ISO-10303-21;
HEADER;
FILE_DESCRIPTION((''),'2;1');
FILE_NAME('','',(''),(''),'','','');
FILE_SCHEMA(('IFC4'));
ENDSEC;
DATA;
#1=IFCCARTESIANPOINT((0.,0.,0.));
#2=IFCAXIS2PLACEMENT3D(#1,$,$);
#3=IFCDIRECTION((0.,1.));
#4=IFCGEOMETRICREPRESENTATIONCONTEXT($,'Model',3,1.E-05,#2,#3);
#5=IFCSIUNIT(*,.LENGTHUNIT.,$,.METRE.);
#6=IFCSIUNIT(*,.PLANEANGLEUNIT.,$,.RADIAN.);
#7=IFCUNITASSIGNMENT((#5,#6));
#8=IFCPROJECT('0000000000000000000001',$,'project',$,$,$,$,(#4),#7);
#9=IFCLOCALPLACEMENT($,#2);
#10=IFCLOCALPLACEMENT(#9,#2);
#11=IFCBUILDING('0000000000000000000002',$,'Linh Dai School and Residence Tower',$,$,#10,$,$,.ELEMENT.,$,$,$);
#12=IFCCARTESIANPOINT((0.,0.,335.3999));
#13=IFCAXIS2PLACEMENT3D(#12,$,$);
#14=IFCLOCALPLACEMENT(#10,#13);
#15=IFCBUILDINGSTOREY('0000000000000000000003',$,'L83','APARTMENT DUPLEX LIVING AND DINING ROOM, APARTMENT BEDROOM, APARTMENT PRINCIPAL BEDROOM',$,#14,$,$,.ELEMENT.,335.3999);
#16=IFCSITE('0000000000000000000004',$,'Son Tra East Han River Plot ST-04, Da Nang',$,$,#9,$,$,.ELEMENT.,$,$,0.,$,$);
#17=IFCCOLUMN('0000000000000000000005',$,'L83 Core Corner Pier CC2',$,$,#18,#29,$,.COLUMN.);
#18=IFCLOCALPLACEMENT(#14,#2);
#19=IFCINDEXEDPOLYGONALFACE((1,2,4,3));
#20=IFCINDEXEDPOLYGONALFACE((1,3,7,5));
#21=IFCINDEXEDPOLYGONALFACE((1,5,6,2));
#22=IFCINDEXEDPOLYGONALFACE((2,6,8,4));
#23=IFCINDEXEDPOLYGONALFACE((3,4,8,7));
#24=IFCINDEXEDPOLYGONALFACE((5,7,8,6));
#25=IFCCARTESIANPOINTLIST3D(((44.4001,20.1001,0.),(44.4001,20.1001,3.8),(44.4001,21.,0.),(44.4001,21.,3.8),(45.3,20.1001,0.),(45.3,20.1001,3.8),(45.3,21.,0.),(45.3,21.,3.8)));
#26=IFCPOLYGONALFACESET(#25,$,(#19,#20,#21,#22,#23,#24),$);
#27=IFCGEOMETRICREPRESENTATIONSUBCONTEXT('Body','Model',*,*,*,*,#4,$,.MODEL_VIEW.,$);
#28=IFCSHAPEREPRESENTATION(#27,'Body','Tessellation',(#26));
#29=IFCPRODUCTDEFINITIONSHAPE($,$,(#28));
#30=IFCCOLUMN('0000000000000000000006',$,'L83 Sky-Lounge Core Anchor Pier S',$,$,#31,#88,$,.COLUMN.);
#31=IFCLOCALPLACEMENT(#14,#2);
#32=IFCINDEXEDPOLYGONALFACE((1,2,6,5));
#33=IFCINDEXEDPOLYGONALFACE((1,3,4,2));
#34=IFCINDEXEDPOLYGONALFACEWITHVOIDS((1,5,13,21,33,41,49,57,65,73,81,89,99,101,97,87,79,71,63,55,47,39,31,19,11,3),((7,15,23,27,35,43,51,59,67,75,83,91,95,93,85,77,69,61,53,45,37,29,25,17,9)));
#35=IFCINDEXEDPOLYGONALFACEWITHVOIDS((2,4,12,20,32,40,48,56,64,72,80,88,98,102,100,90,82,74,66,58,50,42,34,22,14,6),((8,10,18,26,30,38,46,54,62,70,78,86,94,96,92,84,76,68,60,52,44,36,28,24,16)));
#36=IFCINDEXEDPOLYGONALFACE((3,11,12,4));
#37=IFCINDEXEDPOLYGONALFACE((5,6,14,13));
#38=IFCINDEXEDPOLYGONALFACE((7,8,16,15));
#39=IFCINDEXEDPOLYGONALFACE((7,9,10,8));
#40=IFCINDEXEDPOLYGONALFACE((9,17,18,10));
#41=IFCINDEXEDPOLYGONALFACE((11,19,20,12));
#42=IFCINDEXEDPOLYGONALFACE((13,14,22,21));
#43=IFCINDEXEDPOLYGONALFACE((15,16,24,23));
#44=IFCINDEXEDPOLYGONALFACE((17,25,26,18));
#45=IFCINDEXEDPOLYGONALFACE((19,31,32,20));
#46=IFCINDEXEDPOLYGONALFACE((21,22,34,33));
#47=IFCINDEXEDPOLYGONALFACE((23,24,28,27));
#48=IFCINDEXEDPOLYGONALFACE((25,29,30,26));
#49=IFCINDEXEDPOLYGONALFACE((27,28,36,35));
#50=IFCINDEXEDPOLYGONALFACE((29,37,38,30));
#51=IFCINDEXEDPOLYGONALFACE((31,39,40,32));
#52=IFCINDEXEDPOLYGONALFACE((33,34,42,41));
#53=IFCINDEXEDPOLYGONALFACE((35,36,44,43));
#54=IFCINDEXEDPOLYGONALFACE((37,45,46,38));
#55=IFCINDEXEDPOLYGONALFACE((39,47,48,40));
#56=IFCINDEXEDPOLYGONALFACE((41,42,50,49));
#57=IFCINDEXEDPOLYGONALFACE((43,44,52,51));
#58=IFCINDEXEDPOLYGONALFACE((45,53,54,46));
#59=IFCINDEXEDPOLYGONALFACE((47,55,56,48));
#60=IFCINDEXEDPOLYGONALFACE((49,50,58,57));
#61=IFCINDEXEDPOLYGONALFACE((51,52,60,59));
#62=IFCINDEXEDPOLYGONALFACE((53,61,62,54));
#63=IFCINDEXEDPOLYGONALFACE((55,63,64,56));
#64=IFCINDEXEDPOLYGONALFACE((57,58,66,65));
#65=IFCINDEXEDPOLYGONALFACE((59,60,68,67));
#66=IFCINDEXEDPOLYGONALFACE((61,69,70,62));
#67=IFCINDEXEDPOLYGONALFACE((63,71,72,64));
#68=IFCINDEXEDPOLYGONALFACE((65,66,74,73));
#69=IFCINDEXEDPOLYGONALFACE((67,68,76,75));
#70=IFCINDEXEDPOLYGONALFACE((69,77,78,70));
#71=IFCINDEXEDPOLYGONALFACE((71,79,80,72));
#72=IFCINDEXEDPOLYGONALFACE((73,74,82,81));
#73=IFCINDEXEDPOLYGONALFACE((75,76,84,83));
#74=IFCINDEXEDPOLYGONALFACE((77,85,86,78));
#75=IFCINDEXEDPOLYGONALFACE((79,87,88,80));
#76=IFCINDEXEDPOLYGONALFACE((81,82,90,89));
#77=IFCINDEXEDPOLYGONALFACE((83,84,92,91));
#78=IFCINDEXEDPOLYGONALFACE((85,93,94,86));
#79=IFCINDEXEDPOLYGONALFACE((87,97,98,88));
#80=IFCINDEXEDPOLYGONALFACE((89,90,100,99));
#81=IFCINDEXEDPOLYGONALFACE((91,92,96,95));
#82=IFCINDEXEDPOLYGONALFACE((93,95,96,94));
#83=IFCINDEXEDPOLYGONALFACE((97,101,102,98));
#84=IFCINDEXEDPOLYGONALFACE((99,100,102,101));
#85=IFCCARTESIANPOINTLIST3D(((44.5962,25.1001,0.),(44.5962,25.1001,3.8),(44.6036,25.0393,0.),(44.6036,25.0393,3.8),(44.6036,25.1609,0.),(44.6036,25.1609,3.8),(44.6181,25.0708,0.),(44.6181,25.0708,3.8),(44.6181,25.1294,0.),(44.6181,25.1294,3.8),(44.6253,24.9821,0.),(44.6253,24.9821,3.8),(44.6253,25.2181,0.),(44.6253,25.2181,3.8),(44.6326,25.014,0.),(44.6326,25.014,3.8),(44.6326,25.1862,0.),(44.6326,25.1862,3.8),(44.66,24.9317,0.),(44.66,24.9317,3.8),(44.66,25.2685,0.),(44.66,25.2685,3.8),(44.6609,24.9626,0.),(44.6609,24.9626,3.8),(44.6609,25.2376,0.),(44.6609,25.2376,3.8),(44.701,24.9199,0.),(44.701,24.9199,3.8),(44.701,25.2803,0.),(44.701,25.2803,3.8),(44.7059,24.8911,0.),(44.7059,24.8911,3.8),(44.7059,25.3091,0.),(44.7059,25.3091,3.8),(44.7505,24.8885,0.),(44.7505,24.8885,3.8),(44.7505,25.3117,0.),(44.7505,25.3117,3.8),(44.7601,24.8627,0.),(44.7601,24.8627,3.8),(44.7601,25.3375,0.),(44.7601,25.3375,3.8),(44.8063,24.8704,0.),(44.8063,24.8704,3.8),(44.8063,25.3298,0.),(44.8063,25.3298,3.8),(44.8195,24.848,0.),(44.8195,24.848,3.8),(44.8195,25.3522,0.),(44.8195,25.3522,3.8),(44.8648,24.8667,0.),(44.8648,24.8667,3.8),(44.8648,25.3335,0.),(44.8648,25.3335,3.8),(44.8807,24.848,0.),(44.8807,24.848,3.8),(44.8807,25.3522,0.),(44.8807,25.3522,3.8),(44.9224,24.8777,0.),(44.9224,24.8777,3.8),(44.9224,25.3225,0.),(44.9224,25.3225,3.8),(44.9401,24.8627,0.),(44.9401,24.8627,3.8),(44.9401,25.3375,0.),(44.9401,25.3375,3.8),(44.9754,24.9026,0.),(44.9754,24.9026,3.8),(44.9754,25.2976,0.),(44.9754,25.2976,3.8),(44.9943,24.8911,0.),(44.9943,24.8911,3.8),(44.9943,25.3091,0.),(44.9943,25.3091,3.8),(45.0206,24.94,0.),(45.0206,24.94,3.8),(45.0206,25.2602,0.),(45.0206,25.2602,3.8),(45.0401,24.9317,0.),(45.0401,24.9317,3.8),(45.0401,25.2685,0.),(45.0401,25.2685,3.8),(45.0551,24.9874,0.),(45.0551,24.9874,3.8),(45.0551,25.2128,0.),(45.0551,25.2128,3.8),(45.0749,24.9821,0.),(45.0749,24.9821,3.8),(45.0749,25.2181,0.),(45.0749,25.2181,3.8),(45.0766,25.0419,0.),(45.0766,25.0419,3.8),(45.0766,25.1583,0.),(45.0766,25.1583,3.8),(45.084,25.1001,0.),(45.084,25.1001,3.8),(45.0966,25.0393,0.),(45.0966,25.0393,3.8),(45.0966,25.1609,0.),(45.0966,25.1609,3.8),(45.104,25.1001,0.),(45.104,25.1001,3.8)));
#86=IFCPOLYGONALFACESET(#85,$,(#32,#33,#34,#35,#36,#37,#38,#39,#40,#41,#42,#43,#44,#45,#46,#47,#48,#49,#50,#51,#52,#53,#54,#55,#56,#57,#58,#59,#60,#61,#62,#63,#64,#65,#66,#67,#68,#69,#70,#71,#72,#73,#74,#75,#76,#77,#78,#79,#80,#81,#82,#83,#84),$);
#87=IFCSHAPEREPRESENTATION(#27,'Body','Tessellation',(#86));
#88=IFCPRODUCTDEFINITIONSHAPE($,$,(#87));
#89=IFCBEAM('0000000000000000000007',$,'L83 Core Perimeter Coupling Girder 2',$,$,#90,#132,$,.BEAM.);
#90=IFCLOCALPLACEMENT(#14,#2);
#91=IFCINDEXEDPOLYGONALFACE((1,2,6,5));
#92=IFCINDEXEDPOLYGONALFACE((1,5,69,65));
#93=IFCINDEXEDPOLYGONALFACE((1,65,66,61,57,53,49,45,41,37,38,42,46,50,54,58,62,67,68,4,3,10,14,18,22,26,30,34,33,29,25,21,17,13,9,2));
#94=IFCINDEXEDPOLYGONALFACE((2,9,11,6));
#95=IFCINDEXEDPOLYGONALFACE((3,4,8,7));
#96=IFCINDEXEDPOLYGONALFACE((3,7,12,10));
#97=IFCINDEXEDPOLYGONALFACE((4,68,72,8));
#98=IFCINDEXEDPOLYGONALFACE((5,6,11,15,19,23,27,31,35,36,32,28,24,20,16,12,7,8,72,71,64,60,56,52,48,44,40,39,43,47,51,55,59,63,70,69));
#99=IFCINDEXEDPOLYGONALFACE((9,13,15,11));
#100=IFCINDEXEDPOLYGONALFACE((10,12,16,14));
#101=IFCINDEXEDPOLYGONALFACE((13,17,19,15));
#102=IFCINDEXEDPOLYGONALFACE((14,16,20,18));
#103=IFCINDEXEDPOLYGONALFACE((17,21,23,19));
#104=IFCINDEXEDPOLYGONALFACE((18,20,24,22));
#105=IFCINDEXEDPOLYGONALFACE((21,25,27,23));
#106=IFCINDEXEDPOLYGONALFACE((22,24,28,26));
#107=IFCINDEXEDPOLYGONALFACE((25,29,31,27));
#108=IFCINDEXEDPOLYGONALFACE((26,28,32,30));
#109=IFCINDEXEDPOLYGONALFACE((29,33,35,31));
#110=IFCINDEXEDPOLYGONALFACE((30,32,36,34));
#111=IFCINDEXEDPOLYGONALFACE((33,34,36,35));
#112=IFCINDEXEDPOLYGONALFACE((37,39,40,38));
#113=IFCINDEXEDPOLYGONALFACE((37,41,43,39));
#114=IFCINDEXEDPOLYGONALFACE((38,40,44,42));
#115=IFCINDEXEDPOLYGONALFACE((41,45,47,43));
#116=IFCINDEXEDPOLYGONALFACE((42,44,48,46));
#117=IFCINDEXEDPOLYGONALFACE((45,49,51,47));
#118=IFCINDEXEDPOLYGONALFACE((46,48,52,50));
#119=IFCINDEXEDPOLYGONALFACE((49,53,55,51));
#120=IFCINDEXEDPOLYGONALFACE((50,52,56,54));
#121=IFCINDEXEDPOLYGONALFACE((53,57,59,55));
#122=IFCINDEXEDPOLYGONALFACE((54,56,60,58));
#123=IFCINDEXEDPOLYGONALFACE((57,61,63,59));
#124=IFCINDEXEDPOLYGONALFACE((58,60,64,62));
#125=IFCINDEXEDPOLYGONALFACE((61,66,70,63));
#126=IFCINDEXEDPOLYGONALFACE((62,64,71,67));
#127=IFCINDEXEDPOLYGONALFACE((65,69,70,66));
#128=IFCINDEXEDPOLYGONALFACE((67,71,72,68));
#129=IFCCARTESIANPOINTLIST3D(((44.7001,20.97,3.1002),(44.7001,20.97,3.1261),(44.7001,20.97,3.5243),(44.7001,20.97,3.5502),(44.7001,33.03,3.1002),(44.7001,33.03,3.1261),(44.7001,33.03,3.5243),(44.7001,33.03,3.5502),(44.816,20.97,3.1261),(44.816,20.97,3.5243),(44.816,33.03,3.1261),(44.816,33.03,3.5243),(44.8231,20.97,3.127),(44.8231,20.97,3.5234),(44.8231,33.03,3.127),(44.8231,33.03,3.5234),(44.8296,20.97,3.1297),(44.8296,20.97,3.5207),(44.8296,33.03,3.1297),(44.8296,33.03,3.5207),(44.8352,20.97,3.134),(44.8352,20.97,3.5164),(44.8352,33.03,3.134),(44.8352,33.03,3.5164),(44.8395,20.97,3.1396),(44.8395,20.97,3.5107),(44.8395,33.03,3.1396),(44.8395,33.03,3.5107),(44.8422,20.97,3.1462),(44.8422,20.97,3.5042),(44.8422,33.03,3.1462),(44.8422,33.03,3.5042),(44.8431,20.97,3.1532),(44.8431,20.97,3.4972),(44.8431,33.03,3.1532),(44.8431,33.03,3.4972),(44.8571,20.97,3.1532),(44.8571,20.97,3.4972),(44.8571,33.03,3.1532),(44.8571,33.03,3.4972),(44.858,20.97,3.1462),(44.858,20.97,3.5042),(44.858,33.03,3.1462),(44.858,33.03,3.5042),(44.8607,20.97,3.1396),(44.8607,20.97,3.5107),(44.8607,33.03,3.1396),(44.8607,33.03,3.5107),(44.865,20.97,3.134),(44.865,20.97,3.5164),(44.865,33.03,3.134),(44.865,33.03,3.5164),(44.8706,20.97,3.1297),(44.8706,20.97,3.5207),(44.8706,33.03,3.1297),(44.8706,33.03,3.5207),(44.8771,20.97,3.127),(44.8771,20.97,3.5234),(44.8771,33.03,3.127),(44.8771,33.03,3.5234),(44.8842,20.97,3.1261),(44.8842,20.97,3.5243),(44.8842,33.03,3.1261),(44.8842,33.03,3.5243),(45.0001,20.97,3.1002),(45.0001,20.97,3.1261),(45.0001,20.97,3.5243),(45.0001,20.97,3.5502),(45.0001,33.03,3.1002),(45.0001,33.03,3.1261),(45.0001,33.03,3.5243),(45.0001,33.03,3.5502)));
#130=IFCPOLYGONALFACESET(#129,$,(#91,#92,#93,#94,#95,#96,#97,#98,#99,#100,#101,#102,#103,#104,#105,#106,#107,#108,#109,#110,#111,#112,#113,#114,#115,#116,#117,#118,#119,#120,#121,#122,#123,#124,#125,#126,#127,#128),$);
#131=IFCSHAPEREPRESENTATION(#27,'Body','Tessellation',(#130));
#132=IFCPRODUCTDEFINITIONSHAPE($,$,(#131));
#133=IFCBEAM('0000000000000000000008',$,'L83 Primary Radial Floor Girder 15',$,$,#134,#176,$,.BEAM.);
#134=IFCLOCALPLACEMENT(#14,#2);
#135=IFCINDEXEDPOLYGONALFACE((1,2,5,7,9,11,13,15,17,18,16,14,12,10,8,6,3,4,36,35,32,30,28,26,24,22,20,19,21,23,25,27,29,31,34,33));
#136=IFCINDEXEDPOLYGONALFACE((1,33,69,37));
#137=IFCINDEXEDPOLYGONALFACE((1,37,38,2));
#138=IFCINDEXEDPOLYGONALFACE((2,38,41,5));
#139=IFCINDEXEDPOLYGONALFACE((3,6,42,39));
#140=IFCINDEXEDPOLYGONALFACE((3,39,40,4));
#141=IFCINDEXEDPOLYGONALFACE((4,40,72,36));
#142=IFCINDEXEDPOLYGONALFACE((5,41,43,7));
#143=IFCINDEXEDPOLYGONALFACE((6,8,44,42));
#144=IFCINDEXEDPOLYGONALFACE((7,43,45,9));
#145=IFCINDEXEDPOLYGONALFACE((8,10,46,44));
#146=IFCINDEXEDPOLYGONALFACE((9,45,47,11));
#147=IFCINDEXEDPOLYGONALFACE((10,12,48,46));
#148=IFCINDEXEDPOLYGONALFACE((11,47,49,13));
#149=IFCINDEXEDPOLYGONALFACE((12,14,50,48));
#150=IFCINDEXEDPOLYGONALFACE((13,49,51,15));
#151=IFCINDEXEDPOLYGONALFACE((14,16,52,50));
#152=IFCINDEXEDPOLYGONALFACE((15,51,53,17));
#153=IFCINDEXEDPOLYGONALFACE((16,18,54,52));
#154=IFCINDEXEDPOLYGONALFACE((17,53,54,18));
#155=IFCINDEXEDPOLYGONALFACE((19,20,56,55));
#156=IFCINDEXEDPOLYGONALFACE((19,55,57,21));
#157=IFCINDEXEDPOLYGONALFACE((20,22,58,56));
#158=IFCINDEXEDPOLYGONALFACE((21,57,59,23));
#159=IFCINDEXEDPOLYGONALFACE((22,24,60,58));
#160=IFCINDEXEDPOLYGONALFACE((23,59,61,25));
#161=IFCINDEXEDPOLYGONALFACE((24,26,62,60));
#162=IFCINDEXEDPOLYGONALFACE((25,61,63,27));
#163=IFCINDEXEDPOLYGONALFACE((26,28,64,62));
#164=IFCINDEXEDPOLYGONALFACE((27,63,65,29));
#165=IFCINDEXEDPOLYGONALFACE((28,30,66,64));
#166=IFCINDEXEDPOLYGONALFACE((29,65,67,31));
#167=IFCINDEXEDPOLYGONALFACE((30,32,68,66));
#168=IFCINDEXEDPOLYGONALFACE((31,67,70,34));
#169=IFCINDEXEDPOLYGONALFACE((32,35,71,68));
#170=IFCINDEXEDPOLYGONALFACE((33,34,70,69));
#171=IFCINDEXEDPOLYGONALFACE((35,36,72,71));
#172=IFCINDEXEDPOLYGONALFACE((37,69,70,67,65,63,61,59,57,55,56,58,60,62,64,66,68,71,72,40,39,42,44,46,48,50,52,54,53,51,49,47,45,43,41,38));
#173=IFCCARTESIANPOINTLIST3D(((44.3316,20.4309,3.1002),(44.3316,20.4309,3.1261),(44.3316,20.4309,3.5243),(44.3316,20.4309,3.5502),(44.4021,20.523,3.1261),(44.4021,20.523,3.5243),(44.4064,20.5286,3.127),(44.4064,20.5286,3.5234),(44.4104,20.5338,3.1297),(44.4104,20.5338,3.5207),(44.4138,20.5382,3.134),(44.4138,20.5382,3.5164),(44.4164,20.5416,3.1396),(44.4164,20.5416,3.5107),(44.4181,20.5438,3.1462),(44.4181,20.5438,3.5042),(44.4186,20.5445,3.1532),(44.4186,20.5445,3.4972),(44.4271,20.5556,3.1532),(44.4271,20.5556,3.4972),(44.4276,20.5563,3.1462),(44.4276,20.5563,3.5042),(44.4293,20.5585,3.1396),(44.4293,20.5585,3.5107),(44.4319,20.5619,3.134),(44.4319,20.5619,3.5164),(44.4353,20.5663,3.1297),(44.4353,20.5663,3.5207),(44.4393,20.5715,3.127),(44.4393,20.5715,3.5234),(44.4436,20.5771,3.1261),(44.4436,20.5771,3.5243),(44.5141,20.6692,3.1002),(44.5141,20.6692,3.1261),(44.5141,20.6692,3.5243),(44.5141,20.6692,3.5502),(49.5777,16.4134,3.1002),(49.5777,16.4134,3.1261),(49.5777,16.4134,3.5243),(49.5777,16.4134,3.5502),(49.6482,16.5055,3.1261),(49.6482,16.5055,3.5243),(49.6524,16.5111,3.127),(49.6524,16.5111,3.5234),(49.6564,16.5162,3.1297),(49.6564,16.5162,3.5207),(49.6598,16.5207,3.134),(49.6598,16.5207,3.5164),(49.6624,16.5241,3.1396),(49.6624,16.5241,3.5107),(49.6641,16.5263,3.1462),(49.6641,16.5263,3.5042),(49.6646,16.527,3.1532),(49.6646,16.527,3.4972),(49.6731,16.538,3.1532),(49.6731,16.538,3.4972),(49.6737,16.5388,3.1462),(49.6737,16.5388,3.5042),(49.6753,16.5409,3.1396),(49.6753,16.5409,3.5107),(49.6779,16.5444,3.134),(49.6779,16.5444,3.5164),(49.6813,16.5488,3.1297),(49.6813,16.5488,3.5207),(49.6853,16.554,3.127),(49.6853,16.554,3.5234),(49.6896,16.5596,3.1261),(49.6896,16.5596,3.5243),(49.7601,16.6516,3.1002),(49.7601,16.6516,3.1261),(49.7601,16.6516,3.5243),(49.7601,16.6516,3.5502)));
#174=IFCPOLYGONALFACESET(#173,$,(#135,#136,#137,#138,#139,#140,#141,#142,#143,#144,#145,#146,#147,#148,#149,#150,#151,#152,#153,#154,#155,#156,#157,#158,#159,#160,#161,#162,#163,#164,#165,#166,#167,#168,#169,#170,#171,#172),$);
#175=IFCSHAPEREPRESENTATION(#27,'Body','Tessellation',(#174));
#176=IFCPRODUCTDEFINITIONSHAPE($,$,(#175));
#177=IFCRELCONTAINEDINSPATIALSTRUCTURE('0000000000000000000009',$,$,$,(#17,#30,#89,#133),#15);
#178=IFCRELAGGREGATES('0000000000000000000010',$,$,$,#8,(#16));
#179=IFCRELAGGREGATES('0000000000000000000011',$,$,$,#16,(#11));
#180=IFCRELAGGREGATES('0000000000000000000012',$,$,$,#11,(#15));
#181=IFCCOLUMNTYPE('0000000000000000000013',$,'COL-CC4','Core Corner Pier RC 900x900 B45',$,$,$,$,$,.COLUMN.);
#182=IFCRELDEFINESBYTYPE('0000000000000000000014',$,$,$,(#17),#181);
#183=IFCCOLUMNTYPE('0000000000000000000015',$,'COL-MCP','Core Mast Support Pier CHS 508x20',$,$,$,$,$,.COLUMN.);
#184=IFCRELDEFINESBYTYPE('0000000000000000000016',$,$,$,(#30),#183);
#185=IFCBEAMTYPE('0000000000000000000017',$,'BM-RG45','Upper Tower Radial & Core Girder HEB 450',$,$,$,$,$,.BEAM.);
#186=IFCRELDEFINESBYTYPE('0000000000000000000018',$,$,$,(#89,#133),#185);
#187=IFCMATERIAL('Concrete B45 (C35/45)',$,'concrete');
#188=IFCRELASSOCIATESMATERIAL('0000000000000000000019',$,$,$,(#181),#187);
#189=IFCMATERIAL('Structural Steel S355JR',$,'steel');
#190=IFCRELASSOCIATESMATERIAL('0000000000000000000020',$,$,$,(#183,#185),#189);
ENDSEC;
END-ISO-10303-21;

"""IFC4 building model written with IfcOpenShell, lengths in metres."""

from ifc_helpers import new_model, si_unit, direction, frame, origin, origin_2d, place, context, subcontext, project, spatial, rectangle, hollow_circle, i_section, extrude, material, material_profile, profile_set, type_object, element, save


model = new_model("IFC4")

# Units and contexts
model_context = context("Model", 3, precision=1e-05, world=origin(), true_north=direction((0.0, 1.0)))
body_context = subcontext(model_context, "Body", "Model", "MODEL_VIEW")
ifc_project = project(units=[si_unit("LENGTHUNIT", "METRE"), si_unit("PLANEANGLEUNIT", "RADIAN")], contexts=[model_context])

# Site, building, storey
site_placement = place(None, origin())
site = spatial("IfcSite", under=ifc_project, at=site_placement, Name="Son Tra East Han River Plot ST-04, Da Nang", CompositionType="ELEMENT", RefElevation=0.0)
building_placement = place(site_placement, origin())
building = spatial("IfcBuilding", under=site, at=building_placement, Name="Linh Dai School and Residence Tower", CompositionType="ELEMENT")
storey_placement = place(building_placement, frame((0.0, 0.0, 335.3999)))
storey = spatial("IfcBuildingStorey", under=building, at=storey_placement, Name="L83", Description="APARTMENT DUPLEX LIVING AND DINING ROOM, APARTMENT BEDROOM, APARTMENT PRINCIPAL BEDROOM", CompositionType="ELEMENT", Elevation=335.3999)

# Columns
ifc_material_1 = material(Name="Concrete B45 (C35/45)", Category="concrete")
ifc_material_profile_1 = material_profile(ifc_material_1, rectangle(XDim=0.8999, YDim=0.8999, at=origin_2d()), Name="RC 900x900")
ifc_profile_set_1 = profile_set([ifc_material_profile_1], Name="Concrete B45 (C35/45)")
column_type_1 = type_object("IfcColumnType", Name="COL-CC4", Description="Core Corner Pier RC 900x900 B45", PredefinedType="COLUMN", material=ifc_profile_set_1)
column_1_placement = place(storey_placement, frame((44.8501, 20.55, 0.0), z_axis=(0.0, 0.0, 1.0), x_axis=(1.0, 0.0, 0.0)))
element("IfcColumn", 1, at=column_1_placement, inside=storey, type_object=column_type_1, Name="L83 Core Corner Pier CC2", PredefinedType="COLUMN", context=body_context, shape_type="SweptSolid", body=[
    extrude(rectangle(XDim=0.8999, YDim=0.8999, at=origin_2d()), origin(), (0.0, 0.0, 1.0), 3.8),
])
ifc_material_2 = material(Name="Structural Steel S355JR", Category="steel")
ifc_material_profile_2 = material_profile(ifc_material_2, hollow_circle(Radius=0.2539, WallThickness=0.02, at=origin_2d()), Name="CHS 508x20")
ifc_profile_set_2 = profile_set([ifc_material_profile_2], Name="Structural Steel S355JR")
column_type_2 = type_object("IfcColumnType", Name="COL-MCP", Description="Core Mast Support Pier CHS 508x20", PredefinedType="COLUMN", material=ifc_profile_set_2)
column_2_placement = place(storey_placement, frame((44.8501, 25.1001, 0.0), z_axis=(0.0, 0.0, 1.0), x_axis=(1.0, 0.0, 0.0)))
element("IfcColumn", 2, at=column_2_placement, inside=storey, type_object=column_type_2, Name="L83 Sky-Lounge Core Anchor Pier S", PredefinedType="COLUMN", context=body_context, shape_type="SweptSolid", body=[
    extrude(hollow_circle(Radius=0.2539, WallThickness=0.02, at=origin_2d()), origin(), (0.0, 0.0, 1.0), 3.8),
])

# Beams
ifc_material_profile_3 = material_profile(ifc_material_2, i_section(OverallWidth=0.3, OverallDepth=0.45, WebThickness=0.0139, FlangeThickness=0.0259, FilletRadius=0.0271, at=origin_2d()), Name="HEB 450")
ifc_profile_set_3 = profile_set([ifc_material_profile_3], Name="Structural Steel S355JR")
beam_type_1 = type_object("IfcBeamType", Name="BM-RG45", Description="Upper Tower Radial & Core Girder HEB 450", PredefinedType="BEAM", material=ifc_profile_set_3)
beam_1_placement = place(storey_placement, frame((44.8501, 20.97, 3.3252), z_axis=(0.0, 1.0, 0.0), x_axis=(-1.0, 0.0, 0.0)))
element("IfcBeam", 3, at=beam_1_placement, inside=storey, type_object=beam_type_1, Name="L83 Core Perimeter Coupling Girder 2", PredefinedType="BEAM", context=body_context, shape_type="SweptSolid", body=[
    extrude(i_section(OverallWidth=0.3, OverallDepth=0.45, WebThickness=0.0139, FlangeThickness=0.0259, FilletRadius=0.0271, at=origin_2d()), origin(), (0.0, 0.0, 1.0), 12.0601),
])
beam_2_placement = place(storey_placement, frame((44.4229, 20.55, 3.3252), z_axis=(0.79393, -0.608009, 0.0), x_axis=(0.608009, 0.79393, 0.0)))
element("IfcBeam", 4, at=beam_2_placement, inside=storey, type_object=beam_type_1, Name="L83 Primary Radial Floor Girder 15", PredefinedType="BEAM", context=body_context, shape_type="SweptSolid", body=[
    extrude(i_section(OverallWidth=0.3, OverallDepth=0.45, WebThickness=0.0139, FlangeThickness=0.0259, FilletRadius=0.0271, at=origin_2d()), origin(), (0.0, 0.0, 1.0), 6.6077),
])

save(model, "model.ifc")
